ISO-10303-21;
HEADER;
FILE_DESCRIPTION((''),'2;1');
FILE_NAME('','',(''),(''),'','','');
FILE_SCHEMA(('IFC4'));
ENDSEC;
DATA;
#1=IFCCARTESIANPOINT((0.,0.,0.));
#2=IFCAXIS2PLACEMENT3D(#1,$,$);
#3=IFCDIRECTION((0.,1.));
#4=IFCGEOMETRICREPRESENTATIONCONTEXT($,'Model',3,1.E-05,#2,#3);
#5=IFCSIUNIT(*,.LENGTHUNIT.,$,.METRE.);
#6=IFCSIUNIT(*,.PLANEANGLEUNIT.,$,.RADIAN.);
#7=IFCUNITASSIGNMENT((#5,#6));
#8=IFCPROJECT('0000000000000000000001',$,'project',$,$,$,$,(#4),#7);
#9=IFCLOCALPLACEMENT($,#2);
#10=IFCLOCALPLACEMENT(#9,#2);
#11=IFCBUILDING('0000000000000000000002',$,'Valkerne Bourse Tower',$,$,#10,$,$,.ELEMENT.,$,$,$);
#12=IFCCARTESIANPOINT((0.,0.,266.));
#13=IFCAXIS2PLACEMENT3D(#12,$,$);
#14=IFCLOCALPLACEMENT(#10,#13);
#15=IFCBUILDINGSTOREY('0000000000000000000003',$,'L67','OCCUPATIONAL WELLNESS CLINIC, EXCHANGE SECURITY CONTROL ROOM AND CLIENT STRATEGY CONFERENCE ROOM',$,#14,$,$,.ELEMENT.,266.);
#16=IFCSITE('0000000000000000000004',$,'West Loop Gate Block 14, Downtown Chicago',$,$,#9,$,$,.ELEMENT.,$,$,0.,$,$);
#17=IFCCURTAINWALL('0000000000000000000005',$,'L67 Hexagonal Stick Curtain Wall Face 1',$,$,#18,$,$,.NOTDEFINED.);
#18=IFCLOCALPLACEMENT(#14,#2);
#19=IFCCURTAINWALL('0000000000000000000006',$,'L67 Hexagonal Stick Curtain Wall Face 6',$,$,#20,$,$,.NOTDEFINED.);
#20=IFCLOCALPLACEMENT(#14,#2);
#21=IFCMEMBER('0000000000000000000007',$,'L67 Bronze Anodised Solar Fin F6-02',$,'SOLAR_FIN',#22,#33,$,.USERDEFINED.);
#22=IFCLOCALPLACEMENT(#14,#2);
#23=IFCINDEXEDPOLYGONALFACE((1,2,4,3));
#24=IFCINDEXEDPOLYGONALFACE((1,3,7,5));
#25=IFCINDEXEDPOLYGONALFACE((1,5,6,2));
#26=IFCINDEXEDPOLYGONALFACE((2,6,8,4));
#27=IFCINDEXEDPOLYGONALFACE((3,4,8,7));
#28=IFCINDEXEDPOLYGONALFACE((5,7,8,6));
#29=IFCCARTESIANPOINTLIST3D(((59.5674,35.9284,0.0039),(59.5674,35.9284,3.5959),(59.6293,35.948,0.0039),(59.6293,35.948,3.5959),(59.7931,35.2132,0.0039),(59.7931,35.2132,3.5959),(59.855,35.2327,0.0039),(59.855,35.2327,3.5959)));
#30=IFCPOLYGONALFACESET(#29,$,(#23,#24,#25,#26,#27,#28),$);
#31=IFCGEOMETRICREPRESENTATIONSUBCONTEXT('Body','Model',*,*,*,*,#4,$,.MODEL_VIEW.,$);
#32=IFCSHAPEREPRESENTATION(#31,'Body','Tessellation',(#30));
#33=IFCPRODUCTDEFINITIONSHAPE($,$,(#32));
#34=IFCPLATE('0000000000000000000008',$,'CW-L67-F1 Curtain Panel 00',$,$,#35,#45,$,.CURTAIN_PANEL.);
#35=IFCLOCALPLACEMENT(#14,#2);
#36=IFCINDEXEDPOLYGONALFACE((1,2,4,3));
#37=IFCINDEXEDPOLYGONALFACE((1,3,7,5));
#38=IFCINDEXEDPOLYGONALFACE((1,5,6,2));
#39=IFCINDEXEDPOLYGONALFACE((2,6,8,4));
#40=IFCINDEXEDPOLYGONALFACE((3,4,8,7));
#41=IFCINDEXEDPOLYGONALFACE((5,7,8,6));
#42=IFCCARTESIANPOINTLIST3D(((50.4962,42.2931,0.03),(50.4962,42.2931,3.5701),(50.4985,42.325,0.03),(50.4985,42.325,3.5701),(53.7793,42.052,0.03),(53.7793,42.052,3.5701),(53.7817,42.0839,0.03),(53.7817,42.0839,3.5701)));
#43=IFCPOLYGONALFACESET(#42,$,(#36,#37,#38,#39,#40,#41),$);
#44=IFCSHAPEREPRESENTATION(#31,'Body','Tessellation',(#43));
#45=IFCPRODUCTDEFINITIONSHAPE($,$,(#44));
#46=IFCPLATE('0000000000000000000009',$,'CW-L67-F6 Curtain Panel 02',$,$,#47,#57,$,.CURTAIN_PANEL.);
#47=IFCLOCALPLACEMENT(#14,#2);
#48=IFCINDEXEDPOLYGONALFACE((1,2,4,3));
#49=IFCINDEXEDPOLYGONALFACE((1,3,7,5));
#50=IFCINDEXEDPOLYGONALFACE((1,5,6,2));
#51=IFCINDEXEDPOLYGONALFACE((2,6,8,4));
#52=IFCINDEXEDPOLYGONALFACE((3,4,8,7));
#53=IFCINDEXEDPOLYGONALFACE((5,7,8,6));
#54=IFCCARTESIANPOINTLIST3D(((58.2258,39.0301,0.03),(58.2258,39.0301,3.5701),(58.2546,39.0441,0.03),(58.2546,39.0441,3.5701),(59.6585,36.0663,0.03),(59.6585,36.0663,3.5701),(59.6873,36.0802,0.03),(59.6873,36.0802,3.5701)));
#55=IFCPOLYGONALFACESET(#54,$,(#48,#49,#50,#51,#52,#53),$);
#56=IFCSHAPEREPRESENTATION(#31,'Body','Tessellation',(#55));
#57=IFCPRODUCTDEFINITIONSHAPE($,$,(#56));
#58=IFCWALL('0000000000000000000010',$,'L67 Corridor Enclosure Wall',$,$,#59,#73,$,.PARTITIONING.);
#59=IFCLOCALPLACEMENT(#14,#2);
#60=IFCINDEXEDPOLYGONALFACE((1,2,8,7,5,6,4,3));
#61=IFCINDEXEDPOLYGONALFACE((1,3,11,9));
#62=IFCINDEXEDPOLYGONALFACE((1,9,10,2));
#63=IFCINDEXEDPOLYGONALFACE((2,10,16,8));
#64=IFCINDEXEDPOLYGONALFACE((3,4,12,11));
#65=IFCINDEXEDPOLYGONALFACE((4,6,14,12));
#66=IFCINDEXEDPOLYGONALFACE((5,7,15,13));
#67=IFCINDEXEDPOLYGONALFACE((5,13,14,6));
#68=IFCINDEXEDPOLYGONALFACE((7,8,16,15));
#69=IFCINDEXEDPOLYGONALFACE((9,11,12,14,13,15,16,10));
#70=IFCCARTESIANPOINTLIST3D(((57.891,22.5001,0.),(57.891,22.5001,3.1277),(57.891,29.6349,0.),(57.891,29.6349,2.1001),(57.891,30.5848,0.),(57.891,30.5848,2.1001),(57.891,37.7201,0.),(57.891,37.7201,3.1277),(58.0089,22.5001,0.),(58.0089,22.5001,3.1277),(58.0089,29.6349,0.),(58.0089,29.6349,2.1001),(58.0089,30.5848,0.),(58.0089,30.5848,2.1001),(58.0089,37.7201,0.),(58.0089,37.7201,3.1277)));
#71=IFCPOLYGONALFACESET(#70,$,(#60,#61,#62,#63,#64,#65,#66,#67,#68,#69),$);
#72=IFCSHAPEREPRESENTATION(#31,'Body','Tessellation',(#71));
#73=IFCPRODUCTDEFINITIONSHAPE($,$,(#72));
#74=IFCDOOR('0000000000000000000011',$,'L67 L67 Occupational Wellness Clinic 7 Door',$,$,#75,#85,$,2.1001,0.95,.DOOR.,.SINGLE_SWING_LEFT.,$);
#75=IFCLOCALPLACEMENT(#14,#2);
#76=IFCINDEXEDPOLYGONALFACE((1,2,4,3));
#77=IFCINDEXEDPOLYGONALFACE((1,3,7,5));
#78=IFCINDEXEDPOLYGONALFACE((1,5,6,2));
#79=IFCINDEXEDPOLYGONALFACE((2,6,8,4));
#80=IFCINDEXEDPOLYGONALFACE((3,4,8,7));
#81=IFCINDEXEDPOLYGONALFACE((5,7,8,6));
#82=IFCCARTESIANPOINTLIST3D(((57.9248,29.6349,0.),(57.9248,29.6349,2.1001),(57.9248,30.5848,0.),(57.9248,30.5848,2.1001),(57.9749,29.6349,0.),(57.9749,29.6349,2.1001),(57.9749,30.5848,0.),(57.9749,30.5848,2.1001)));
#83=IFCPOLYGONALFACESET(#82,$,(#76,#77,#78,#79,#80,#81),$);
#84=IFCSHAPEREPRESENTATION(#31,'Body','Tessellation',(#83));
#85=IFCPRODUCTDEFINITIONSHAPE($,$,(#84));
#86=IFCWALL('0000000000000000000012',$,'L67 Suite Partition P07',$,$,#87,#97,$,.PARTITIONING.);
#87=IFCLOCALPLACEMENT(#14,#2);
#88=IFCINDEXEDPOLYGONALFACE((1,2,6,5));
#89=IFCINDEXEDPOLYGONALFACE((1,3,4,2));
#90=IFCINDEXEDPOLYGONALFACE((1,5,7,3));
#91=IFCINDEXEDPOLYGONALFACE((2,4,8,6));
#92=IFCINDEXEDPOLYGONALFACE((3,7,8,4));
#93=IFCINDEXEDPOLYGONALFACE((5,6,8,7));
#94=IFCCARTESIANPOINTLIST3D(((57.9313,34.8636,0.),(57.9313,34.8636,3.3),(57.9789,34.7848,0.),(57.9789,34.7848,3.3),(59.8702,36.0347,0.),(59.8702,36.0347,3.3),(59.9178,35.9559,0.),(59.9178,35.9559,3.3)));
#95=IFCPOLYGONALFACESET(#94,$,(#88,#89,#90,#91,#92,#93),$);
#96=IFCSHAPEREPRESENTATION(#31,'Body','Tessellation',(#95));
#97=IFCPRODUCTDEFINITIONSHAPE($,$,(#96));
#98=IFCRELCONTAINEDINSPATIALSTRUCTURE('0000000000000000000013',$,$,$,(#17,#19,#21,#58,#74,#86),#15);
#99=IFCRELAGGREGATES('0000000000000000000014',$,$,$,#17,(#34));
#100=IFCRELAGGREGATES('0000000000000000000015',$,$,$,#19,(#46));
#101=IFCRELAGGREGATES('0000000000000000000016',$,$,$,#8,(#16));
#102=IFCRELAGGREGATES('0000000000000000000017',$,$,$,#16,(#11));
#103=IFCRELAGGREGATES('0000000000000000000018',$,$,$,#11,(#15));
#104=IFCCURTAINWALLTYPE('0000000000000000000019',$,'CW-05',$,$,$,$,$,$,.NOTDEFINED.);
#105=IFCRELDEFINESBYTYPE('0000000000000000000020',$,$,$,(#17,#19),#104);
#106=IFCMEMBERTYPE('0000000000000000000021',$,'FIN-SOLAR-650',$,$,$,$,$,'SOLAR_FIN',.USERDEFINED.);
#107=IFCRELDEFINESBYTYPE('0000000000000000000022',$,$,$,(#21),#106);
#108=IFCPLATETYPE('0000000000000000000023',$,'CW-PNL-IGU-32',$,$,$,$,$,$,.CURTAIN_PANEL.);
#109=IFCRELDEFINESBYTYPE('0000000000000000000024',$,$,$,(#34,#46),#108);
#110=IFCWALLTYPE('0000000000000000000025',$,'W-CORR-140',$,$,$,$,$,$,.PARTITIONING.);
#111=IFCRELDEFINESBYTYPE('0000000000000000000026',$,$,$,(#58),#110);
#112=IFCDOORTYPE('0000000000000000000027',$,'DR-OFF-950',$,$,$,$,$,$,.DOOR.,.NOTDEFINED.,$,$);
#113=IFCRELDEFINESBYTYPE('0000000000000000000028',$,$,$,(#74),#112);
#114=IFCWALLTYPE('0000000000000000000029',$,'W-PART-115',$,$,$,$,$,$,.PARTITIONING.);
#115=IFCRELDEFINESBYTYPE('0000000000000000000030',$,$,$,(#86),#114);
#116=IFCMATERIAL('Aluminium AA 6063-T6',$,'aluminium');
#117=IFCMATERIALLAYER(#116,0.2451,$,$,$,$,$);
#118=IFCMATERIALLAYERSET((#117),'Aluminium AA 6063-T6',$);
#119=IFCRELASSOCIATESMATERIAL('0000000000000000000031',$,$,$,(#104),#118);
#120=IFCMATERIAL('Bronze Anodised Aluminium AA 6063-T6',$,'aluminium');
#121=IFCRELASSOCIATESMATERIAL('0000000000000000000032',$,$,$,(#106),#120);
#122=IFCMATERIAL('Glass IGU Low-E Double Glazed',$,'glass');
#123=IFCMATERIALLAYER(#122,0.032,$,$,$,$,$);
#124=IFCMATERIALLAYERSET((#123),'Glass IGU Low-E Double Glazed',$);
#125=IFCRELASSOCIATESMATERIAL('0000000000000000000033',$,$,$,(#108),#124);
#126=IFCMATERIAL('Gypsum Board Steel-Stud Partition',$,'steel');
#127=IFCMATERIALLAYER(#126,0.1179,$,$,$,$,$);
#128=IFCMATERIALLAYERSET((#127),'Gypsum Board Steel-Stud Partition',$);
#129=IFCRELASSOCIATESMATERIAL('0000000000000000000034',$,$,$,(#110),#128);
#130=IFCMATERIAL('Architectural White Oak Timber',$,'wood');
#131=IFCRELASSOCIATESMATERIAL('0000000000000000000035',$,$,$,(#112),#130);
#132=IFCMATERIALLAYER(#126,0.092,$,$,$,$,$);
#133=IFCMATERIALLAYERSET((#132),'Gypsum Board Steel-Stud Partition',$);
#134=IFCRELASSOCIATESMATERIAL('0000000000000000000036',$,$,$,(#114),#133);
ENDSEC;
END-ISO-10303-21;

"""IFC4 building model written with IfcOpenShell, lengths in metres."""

from ifc_helpers import new_model, si_unit, direction, frame, frame_2d, origin, origin_2d, place, context, subcontext, project, spatial, rectangle, extrude, material, layer, layer_set, material_profile, profile_set, type_object, element, fill, aggregate, save


model = new_model("IFC4")

# Units and contexts
model_context = context("Model", 3, precision=1e-05, world=origin(), true_north=direction((0.0, 1.0)))
body_context = subcontext(model_context, "Body", "Model", "MODEL_VIEW")
ifc_project = project(units=[si_unit("LENGTHUNIT", "METRE"), si_unit("PLANEANGLEUNIT", "RADIAN")], contexts=[model_context])

# Site, building, storey
site_placement = place(None, origin())
site = spatial("IfcSite", under=ifc_project, at=site_placement, Name="West Loop Gate Block 14, Downtown Chicago", CompositionType="ELEMENT", RefElevation=0.0)
building_placement = place(site_placement, origin())
building = spatial("IfcBuilding", under=site, at=building_placement, Name="Valkerne Bourse Tower", CompositionType="ELEMENT")
storey_placement = place(building_placement, frame((0.0, 0.0, 266.0)))
storey = spatial("IfcBuildingStorey", under=building, at=storey_placement, Name="L67", Description="OCCUPATIONAL WELLNESS CLINIC, EXCHANGE SECURITY CONTROL ROOM AND CLIENT STRATEGY CONFERENCE ROOM", CompositionType="ELEMENT", Elevation=266.0)

# Curtain wall
ifc_material_1 = material(Name="Aluminium AA 6063-T6", Category="aluminium")
ifc_layer_1 = layer(ifc_material_1, 0.2451)
ifc_layer_set_1 = layer_set([ifc_layer_1], Name="Aluminium AA 6063-T6")
curtain_wall_type = type_object("IfcCurtainWallType", Name="CW-05", PredefinedType="NOTDEFINED", material=ifc_layer_set_1)
curtain_wall_1_placement = place(storey_placement, origin())
curtain_wall_1 = element("IfcCurtainWall", 1, at=curtain_wall_1_placement, inside=storey, type_object=curtain_wall_type, Name="L67 Hexagonal Stick Curtain Wall Face 1", PredefinedType="NOTDEFINED")

# Curtain wall
curtain_wall_2_placement = place(storey_placement, origin())
curtain_wall_2 = element("IfcCurtainWall", 2, at=curtain_wall_2_placement, inside=storey, type_object=curtain_wall_type, Name="L67 Hexagonal Stick Curtain Wall Face 6", PredefinedType="NOTDEFINED")

# Member
ifc_material_2 = material(Name="Bronze Anodised Aluminium AA 6063-T6", Category="aluminium")
ifc_material_profile_1 = material_profile(ifc_material_2, rectangle(XDim=0.0649, YDim=0.75, at=origin_2d()), Name="FIN-65X750")
ifc_profile_set_1 = profile_set([ifc_material_profile_1], Name="Bronze Anodised Aluminium AA 6063-T6")
member_type_1 = type_object("IfcMemberType", Name="FIN-SOLAR-650", ElementType="SOLAR_FIN", PredefinedType="USERDEFINED", material=ifc_profile_set_1)
member_1_placement = place(storey_placement, frame((59.7112, 35.5806, 0.0039), z_axis=(0.0, 0.0, 1.0), x_axis=(0.953656, 0.300899, 0.0)))
element("IfcMember", 3, at=member_1_placement, inside=storey, type_object=member_type_1, Name="L67 Bronze Anodised Solar Fin F6-02", ObjectType="SOLAR_FIN", PredefinedType="USERDEFINED", context=body_context, shape_type="SweptSolid", body=[
    extrude(rectangle(XDim=0.0649, YDim=0.75, at=origin_2d()), origin(), (0.0, 0.0, 1.0), 3.592),
])

# Plates
ifc_material_3 = material(Name="Glass IGU Low-E Double Glazed", Category="glass")
ifc_layer_2 = layer(ifc_material_3, 0.032)
ifc_layer_set_2 = layer_set([ifc_layer_2], Name="Glass IGU Low-E Double Glazed")
plate_type = type_object("IfcPlateType", Name="CW-PNL-IGU-32", PredefinedType="CURTAIN_PANEL", material=ifc_layer_set_2)
plate_1_placement = place(storey_placement, frame((52.1389, 42.1885, 0.03), z_axis=(0.0, 0.0, 1.0), x_axis=(-0.997314, 0.073243, 0.0)))
plate_1 = element("IfcPlate", 4, at=plate_1_placement, type_object=plate_type, Name="CW-L67-F1 Curtain Panel 00", PredefinedType="CURTAIN_PANEL", context=body_context, shape_type="SweptSolid", body=[
    extrude(rectangle(XDim=3.292, YDim=0.032, at=origin_2d()), origin(), (0.0, 0.0, 1.0), 3.54),
])
aggregate(curtain_wall_1, [plate_1])
plate_2_placement = place(storey_placement, frame((58.9565, 37.5552, 0.03), z_axis=(0.0, 0.0, 1.0), x_axis=(-0.435227, 0.900321, 0.0)))
plate_2 = element("IfcPlate", 5, at=plate_2_placement, type_object=plate_type, Name="CW-L67-F6 Curtain Panel 02", PredefinedType="CURTAIN_PANEL", context=body_context, shape_type="SweptSolid", body=[
    extrude(rectangle(XDim=3.292, YDim=0.032, at=origin_2d()), origin(), (0.0, 0.0, 1.0), 3.54),
])
aggregate(curtain_wall_2, [plate_2])

# Wall, opening, door
ifc_material_4 = material(Name="Gypsum Board Steel-Stud Partition", Category="steel")
ifc_layer_3 = layer(ifc_material_4, 0.1179)
ifc_layer_set_3 = layer_set([ifc_layer_3], Name="Gypsum Board Steel-Stud Partition")
wall_type_1 = type_object("IfcWallType", Name="W-CORR-140", PredefinedType="PARTITIONING", material=ifc_layer_set_3)
wall_1_placement = place(storey_placement, frame((57.95, 37.72, 0.0), z_axis=(0.0, 0.0, 1.0), x_axis=(0.0, -1.0, 0.0)))
wall_1 = element("IfcWall", 6, at=wall_1_placement, inside=storey, type_object=wall_type_1, Name="L67 Corridor Enclosure Wall", PredefinedType="PARTITIONING", context=body_context, shape_type="SweptSolid", body=[
    extrude(rectangle(XDim=15.22, YDim=0.1179, at=frame_2d((7.6099, 0.0))), origin(), (0.0, 0.0, 1.0), 3.1277),
])
opening_placement = place(wall_1_placement, frame((7.135, 0.0, 0.0)))
opening = element("IfcOpeningElement", 7, at=opening_placement, cuts=wall_1, PredefinedType="OPENING", context=body_context, shape_type="SweptSolid", body=[
    extrude(rectangle(XDim=0.95, YDim=2.1001, at=frame_2d((0.4751, 1.05))), frame((0.0, 0.0688, 0.0), z_axis=(0.0, -1.0, 0.0), x_axis=(1.0, 0.0, 0.0)), (0.0, 0.0, 1.0), 0.1379),
])
ifc_material_5 = material(Name="Architectural White Oak Timber", Category="wood")
door_type = type_object("IfcDoorType", Name="DR-OFF-950", OperationType="NOTDEFINED", PredefinedType="DOOR", material=ifc_material_5)
door_placement = place(opening_placement, origin())
door = element("IfcDoor", 8, at=door_placement, inside=storey, type_object=door_type, Name="L67 L67 Occupational Wellness Clinic 7 Door", OperationType="SINGLE_SWING_LEFT", OverallHeight=2.1001, OverallWidth=0.95, PredefinedType="DOOR", context=body_context, shape_type="SweptSolid", body=[
    extrude(rectangle(XDim=0.95, YDim=2.1001, at=frame_2d((0.4751, 1.05))), frame((0.0, 0.0249, 0.0), z_axis=(0.0, -1.0, 0.0), x_axis=(1.0, 0.0, 0.0)), (0.0, 0.0, 1.0), 0.05),
])
fill(opening, door)

# Wall
ifc_layer_4 = layer(ifc_material_4, 0.092)
ifc_layer_set_4 = layer_set([ifc_layer_4], Name="Gypsum Board Steel-Stud Partition")
wall_type_2 = type_object("IfcWallType", Name="W-PART-115", PredefinedType="PARTITIONING", material=ifc_layer_set_4)
wall_2_placement = place(storey_placement, frame((57.9551, 34.8242, 0.0), z_axis=(0.0, 0.0, 1.0), x_axis=(0.855977, 0.517014, 0.0)))
element("IfcWall", 9, at=wall_2_placement, inside=storey, type_object=wall_type_2, Name="L67 Suite Partition P07", PredefinedType="PARTITIONING", context=body_context, shape_type="SweptSolid", body=[
    extrude(rectangle(XDim=2.2651, YDim=0.092, at=frame_2d((1.1326, 0.0))), origin(), (0.0, 0.0, 1.0), 3.3),
])

save(model, "model.ifc")
